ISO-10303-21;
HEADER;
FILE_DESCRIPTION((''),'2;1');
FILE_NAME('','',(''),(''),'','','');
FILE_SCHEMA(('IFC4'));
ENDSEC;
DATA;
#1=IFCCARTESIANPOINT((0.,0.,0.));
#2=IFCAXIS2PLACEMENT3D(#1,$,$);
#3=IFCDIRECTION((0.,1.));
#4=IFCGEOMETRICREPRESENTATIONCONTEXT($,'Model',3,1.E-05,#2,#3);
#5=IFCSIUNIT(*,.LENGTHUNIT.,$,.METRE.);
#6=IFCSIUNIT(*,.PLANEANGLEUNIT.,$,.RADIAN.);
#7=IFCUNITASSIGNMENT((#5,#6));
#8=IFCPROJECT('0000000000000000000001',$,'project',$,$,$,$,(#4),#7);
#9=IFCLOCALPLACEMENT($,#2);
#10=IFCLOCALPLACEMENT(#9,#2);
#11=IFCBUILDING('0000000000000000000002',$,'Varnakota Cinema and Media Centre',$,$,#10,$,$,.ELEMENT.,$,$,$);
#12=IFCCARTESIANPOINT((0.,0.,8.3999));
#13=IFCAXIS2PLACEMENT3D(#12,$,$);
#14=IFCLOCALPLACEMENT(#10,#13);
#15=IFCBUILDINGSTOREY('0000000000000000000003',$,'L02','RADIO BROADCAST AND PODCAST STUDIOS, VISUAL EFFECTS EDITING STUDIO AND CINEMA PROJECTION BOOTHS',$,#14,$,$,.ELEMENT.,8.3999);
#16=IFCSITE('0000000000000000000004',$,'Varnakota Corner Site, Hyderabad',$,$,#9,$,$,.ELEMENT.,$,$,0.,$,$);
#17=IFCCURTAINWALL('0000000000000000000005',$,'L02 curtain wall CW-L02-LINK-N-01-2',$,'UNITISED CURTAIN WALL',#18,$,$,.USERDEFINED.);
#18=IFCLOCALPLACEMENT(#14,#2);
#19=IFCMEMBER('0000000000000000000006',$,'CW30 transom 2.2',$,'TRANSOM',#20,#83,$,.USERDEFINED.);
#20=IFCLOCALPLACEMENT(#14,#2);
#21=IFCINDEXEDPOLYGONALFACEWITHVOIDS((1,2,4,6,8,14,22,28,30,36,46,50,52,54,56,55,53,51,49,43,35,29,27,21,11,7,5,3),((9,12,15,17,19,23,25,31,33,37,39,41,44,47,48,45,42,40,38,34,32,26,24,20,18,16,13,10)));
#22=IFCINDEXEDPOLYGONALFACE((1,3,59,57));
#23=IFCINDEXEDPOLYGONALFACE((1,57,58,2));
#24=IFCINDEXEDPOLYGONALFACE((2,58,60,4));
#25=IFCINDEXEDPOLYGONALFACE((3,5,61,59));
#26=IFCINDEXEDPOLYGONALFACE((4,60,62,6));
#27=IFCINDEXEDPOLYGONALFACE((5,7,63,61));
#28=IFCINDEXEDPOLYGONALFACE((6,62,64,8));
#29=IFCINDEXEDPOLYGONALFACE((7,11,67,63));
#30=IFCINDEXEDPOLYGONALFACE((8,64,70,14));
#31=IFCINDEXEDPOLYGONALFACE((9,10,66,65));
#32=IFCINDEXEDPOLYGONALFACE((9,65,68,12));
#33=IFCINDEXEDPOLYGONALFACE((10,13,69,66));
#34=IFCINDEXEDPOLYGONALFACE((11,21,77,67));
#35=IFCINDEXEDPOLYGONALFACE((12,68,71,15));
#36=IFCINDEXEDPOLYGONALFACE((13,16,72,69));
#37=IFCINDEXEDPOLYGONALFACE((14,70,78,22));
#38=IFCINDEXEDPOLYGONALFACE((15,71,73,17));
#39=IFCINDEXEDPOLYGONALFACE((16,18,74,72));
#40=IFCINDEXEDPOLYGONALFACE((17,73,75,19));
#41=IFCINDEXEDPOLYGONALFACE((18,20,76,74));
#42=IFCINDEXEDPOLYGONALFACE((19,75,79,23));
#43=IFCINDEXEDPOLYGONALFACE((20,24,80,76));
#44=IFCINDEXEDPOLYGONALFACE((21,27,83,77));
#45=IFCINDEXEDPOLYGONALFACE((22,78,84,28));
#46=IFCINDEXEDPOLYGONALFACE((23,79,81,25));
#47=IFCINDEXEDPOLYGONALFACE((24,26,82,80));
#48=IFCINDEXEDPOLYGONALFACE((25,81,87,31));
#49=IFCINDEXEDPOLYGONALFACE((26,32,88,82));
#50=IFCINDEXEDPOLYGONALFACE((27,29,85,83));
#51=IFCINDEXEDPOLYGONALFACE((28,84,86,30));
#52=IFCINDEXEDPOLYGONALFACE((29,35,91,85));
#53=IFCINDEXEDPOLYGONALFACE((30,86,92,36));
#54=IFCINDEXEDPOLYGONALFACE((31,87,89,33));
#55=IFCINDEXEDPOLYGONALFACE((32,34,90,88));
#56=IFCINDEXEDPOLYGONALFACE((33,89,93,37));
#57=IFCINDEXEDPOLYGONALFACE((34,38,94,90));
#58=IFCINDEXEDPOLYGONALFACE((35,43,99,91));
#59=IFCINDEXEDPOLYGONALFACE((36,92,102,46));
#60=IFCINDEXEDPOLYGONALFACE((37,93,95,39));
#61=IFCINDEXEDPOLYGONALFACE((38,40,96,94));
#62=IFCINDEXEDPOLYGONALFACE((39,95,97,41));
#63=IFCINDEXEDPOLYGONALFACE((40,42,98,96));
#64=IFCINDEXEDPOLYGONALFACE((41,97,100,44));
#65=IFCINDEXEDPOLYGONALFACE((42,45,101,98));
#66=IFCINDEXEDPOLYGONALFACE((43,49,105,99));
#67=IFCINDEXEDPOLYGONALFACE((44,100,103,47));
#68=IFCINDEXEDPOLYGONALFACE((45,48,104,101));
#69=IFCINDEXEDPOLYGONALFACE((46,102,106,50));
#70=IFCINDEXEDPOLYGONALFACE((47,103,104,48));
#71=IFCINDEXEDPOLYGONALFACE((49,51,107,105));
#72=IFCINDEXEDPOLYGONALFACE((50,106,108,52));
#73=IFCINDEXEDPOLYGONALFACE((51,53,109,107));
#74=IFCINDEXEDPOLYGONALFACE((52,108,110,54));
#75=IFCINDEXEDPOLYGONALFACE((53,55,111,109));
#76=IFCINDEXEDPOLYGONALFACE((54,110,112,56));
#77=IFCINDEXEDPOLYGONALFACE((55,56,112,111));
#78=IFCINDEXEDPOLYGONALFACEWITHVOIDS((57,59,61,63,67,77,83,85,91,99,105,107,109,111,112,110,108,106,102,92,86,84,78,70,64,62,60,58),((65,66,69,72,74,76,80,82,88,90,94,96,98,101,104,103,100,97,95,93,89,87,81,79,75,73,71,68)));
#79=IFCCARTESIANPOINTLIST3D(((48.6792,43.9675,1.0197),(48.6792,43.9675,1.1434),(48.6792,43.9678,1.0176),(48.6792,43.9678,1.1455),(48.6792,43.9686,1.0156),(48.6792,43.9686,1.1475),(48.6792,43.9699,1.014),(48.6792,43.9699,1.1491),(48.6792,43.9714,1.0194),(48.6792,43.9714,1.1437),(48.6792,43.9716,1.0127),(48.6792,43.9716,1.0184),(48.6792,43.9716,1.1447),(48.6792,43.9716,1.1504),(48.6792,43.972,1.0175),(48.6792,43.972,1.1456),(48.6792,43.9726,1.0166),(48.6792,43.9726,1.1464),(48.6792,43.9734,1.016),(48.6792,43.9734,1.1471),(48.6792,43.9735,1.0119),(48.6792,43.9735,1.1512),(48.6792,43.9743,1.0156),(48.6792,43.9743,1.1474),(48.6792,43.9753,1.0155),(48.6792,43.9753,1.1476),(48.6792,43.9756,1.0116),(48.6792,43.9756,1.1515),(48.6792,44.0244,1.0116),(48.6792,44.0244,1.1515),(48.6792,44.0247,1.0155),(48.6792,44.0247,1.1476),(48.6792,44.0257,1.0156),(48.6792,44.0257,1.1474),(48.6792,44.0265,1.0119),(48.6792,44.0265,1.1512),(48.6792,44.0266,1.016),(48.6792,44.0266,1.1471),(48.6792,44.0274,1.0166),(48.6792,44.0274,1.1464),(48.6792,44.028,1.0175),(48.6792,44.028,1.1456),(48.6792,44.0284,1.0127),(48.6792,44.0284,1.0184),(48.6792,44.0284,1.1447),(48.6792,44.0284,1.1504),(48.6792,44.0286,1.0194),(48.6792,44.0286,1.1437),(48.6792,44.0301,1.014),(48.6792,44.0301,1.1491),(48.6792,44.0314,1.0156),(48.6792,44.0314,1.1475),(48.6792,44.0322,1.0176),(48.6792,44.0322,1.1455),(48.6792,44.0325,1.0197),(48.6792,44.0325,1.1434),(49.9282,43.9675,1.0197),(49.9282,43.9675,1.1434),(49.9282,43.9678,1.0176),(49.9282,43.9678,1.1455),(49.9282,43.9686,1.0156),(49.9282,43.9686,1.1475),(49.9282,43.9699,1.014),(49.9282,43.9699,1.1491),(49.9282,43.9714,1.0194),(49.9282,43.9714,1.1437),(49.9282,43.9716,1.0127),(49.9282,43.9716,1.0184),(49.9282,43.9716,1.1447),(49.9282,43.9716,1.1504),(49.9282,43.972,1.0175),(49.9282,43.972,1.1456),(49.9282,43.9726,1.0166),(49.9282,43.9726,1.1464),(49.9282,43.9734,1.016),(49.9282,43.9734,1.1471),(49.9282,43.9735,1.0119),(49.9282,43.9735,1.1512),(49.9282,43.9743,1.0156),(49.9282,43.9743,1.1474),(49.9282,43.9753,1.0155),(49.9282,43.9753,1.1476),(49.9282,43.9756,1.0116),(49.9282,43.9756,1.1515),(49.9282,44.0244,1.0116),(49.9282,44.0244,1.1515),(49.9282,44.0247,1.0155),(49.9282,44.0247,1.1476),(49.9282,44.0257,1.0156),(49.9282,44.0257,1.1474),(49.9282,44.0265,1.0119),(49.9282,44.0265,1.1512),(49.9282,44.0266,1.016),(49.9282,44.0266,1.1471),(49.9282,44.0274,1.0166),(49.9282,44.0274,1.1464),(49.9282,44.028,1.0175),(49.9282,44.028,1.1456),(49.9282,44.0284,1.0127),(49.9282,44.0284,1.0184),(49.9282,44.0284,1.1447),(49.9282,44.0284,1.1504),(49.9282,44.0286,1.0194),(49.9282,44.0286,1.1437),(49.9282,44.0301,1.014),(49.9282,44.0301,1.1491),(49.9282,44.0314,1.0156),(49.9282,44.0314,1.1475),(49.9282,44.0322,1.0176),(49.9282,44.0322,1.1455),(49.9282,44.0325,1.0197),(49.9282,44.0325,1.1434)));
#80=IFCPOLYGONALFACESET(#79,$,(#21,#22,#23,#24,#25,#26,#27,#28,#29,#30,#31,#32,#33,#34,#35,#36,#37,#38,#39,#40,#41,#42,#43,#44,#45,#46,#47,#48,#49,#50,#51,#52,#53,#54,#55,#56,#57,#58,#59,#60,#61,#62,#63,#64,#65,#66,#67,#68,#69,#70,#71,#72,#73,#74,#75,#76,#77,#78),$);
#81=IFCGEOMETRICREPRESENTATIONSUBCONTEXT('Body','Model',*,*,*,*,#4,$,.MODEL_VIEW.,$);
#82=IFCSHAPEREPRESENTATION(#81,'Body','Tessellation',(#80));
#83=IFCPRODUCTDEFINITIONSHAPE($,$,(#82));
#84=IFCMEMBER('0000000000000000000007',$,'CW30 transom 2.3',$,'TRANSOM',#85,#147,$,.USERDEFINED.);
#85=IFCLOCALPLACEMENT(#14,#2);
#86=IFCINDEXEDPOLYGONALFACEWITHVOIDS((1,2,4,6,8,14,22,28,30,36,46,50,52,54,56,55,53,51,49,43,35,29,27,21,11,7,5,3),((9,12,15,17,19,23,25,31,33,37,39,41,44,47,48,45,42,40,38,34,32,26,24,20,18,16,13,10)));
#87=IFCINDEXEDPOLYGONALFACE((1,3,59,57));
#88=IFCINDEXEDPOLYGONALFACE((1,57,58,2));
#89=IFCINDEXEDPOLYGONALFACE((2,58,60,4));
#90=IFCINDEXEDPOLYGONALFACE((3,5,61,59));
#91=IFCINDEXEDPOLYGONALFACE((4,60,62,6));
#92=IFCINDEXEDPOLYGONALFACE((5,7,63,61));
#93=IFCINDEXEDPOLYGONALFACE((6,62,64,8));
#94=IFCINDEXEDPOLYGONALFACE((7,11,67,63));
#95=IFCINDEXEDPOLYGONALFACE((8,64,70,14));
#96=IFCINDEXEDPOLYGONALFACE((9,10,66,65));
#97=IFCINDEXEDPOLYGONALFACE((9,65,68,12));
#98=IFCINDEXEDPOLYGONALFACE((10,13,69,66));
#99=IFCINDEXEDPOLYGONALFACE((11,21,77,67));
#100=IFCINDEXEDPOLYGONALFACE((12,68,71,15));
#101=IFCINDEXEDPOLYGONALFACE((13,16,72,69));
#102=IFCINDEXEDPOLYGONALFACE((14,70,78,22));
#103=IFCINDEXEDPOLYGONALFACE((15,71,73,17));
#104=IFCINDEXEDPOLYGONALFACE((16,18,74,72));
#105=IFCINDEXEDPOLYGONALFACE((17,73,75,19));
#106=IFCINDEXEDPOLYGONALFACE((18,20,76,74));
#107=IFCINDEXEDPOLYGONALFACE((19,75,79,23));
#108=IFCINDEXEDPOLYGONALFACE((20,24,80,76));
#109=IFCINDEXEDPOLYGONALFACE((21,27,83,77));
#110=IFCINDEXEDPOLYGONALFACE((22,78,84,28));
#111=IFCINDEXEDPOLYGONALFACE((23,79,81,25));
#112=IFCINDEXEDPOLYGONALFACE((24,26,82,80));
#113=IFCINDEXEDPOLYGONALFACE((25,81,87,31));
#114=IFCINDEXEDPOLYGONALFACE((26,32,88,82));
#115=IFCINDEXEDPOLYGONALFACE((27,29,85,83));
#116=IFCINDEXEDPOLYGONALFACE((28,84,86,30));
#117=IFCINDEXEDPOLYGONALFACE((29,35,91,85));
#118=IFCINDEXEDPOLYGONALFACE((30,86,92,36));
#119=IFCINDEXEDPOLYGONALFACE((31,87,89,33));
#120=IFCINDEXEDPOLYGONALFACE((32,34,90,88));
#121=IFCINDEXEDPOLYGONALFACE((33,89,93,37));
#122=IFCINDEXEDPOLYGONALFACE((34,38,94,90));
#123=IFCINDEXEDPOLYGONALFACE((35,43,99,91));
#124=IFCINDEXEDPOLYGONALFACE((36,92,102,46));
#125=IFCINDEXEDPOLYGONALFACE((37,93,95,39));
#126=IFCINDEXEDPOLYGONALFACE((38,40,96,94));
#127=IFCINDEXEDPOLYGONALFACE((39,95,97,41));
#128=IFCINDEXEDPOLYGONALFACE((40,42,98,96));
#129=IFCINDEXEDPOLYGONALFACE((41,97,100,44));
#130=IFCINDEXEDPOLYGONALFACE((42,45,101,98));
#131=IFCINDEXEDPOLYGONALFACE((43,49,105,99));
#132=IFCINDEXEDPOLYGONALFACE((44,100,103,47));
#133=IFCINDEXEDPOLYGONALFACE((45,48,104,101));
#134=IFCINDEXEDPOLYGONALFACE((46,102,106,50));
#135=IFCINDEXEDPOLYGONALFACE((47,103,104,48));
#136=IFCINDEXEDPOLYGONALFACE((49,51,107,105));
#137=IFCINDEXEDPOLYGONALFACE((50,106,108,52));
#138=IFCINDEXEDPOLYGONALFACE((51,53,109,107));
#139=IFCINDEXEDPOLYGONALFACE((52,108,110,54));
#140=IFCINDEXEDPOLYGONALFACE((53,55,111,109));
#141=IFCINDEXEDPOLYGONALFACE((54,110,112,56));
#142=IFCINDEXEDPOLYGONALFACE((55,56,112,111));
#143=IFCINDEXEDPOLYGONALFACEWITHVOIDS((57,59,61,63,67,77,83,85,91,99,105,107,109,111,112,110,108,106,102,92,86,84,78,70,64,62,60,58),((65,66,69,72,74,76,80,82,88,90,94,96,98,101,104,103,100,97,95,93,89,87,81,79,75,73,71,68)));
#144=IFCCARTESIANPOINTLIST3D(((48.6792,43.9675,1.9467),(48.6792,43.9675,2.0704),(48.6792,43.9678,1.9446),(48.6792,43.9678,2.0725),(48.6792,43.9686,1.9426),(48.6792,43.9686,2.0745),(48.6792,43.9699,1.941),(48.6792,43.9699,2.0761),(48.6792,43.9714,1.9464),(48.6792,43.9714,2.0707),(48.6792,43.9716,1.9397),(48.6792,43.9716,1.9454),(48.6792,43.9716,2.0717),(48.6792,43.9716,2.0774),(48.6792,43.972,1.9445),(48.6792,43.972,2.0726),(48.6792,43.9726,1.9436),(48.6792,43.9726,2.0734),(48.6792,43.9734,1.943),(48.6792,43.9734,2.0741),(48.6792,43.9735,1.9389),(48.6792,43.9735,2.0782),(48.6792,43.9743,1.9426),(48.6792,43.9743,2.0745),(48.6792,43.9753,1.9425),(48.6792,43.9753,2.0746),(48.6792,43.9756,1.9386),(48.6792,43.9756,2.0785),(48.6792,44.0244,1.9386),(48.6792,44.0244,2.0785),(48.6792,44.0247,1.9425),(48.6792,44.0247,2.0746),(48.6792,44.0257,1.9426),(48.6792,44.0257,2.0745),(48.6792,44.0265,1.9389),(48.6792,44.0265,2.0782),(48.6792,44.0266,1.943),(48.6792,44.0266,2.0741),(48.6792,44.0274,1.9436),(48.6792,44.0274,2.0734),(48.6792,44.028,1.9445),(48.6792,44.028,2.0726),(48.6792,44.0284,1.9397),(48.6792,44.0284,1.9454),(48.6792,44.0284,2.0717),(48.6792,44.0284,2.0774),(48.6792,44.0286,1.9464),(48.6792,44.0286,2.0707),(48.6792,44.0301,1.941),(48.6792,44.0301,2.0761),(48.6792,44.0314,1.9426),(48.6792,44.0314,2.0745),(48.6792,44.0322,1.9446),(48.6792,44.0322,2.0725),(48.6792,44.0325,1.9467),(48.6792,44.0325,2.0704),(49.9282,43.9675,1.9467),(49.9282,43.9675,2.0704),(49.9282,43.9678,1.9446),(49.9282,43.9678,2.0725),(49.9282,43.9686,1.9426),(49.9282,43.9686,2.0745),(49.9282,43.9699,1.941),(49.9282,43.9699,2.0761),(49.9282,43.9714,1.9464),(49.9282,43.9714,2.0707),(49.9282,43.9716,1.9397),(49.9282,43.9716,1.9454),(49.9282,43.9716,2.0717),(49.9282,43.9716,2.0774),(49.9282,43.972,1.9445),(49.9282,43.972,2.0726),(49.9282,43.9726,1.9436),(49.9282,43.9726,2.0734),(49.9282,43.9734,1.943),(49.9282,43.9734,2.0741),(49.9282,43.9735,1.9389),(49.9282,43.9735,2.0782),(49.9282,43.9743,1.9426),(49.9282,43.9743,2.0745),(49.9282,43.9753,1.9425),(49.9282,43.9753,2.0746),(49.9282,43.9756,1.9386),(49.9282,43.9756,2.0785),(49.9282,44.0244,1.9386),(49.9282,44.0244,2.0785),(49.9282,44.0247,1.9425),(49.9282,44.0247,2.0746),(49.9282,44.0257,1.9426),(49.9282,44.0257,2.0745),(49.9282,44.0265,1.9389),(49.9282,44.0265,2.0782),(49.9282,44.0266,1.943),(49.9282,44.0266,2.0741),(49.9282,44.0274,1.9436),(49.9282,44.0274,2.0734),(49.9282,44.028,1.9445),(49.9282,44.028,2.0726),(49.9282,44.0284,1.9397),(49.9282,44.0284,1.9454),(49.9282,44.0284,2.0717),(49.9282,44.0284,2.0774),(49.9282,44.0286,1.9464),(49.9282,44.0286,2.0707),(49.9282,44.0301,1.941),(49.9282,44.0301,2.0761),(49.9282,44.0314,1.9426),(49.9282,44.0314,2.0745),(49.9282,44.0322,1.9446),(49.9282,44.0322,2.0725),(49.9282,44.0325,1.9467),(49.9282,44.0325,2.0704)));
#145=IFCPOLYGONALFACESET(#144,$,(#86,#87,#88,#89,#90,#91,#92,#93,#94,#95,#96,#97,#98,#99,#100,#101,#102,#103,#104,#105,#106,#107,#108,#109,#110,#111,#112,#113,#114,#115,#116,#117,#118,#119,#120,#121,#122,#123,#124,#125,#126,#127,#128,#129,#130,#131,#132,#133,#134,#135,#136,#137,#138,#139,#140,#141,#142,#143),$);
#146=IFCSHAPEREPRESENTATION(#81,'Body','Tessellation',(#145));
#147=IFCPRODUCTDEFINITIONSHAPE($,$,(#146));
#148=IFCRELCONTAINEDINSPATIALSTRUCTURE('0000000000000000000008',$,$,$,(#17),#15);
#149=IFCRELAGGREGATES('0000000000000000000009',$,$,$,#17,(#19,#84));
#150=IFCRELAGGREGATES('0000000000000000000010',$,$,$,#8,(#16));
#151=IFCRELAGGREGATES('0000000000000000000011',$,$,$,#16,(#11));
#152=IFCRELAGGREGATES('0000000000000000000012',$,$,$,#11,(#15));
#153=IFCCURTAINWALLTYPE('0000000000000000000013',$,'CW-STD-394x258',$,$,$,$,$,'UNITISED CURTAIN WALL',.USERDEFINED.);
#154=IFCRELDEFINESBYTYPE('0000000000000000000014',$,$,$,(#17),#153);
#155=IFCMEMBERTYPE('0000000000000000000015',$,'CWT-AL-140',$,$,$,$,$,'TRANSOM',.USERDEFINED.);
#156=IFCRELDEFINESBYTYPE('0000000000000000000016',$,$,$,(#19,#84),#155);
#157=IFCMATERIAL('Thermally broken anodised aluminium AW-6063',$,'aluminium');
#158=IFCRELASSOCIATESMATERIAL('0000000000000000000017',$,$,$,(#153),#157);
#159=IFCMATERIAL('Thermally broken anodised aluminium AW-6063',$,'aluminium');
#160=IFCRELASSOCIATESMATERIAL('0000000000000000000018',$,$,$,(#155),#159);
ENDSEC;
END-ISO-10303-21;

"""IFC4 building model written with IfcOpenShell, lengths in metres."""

from ifc_helpers import new_model, si_unit, direction, frame, origin, origin_2d, place, context, subcontext, project, spatial, hollow_rectangle, extrude, material, material_profile, profile_set, type_object, element, aggregate, save


model = new_model("IFC4")

# Units and contexts
model_context = context("Model", 3, precision=1e-05, world=origin(), true_north=direction((0.0, 1.0)))
body_context = subcontext(model_context, "Body", "Model", "MODEL_VIEW")
ifc_project = project(units=[si_unit("LENGTHUNIT", "METRE"), si_unit("PLANEANGLEUNIT", "RADIAN")], contexts=[model_context])

# Site, building, storey
site_placement = place(None, origin())
site = spatial("IfcSite", under=ifc_project, at=site_placement, Name="Varnakota Corner Site, Hyderabad", CompositionType="ELEMENT", RefElevation=0.0)
building_placement = place(site_placement, origin())
building = spatial("IfcBuilding", under=site, at=building_placement, Name="Varnakota Cinema and Media Centre", CompositionType="ELEMENT")
storey_placement = place(building_placement, frame((0.0, 0.0, 8.3999)))
storey = spatial("IfcBuildingStorey", under=building, at=storey_placement, Name="L02", Description="RADIO BROADCAST AND PODCAST STUDIOS, VISUAL EFFECTS EDITING STUDIO AND CINEMA PROJECTION BOOTHS", CompositionType="ELEMENT", Elevation=8.3999)

# Shared definitions
ifc_material_1 = material(Name="Thermally broken anodised aluminium AW-6063", Category="aluminium")
curtain_wall_type = type_object("IfcCurtainWallType", Name="CW-STD-394x258", ElementType="UNITISED CURTAIN WALL", PredefinedType="USERDEFINED", material=ifc_material_1)

# Curtain wall, members
curtain_wall_1_placement = place(storey_placement, origin())
curtain_wall_1 = element("IfcCurtainWall", 1, at=curtain_wall_1_placement, inside=storey, type_object=curtain_wall_type, Name="L02 curtain wall CW-L02-LINK-N-01-2", ObjectType="UNITISED CURTAIN WALL", PredefinedType="USERDEFINED")
ifc_material_2 = material(Name="Thermally broken anodised aluminium AW-6063", Category="aluminium")
ifc_material_profile_1 = material_profile(ifc_material_2, hollow_rectangle(XDim=0.0649, YDim=0.1399, WallThickness=0.0039, InnerFilletRadius=0.0039, OuterFilletRadius=0.0081, at=origin_2d()), Name="AL-TRANSOM 140x65x4")
ifc_profile_set_1 = profile_set([ifc_material_profile_1], Name="Thermally broken anodised aluminium AW-6063")
member_type_1 = type_object("IfcMemberType", Name="CWT-AL-140", ElementType="TRANSOM", PredefinedType="USERDEFINED", material=ifc_profile_set_1)
member_1_placement = place(storey_placement, frame((48.6792, 44.0, 1.0815), z_axis=(1.0, 0.0, 0.0), x_axis=(0.0, 1.0, 0.0)))
member_1 = element("IfcMember", 2, at=member_1_placement, type_object=member_type_1, Name="CW30 transom 2.2", ObjectType="TRANSOM", PredefinedType="USERDEFINED", context=body_context, shape_type="SweptSolid", body=[
    extrude(hollow_rectangle(XDim=0.0649, YDim=0.1399, WallThickness=0.0039, InnerFilletRadius=0.0039, OuterFilletRadius=0.0081, at=origin_2d()), origin(), (0.0, 0.0, 1.0), 1.249),
])
member_2_placement = place(storey_placement, frame((48.6792, 44.0, 2.0085), z_axis=(1.0, 0.0, 0.0), x_axis=(0.0, 1.0, 0.0)))
member_2 = element("IfcMember", 3, at=member_2_placement, type_object=member_type_1, Name="CW30 transom 2.3", ObjectType="TRANSOM", PredefinedType="USERDEFINED", context=body_context, shape_type="SweptSolid", body=[
    extrude(hollow_rectangle(XDim=0.0649, YDim=0.1399, WallThickness=0.0039, InnerFilletRadius=0.0039, OuterFilletRadius=0.0081, at=origin_2d()), origin(), (0.0, 0.0, 1.0), 1.249),
])

aggregate(curtain_wall_1, [member_1, member_2])

save(model, "model.ifc")
